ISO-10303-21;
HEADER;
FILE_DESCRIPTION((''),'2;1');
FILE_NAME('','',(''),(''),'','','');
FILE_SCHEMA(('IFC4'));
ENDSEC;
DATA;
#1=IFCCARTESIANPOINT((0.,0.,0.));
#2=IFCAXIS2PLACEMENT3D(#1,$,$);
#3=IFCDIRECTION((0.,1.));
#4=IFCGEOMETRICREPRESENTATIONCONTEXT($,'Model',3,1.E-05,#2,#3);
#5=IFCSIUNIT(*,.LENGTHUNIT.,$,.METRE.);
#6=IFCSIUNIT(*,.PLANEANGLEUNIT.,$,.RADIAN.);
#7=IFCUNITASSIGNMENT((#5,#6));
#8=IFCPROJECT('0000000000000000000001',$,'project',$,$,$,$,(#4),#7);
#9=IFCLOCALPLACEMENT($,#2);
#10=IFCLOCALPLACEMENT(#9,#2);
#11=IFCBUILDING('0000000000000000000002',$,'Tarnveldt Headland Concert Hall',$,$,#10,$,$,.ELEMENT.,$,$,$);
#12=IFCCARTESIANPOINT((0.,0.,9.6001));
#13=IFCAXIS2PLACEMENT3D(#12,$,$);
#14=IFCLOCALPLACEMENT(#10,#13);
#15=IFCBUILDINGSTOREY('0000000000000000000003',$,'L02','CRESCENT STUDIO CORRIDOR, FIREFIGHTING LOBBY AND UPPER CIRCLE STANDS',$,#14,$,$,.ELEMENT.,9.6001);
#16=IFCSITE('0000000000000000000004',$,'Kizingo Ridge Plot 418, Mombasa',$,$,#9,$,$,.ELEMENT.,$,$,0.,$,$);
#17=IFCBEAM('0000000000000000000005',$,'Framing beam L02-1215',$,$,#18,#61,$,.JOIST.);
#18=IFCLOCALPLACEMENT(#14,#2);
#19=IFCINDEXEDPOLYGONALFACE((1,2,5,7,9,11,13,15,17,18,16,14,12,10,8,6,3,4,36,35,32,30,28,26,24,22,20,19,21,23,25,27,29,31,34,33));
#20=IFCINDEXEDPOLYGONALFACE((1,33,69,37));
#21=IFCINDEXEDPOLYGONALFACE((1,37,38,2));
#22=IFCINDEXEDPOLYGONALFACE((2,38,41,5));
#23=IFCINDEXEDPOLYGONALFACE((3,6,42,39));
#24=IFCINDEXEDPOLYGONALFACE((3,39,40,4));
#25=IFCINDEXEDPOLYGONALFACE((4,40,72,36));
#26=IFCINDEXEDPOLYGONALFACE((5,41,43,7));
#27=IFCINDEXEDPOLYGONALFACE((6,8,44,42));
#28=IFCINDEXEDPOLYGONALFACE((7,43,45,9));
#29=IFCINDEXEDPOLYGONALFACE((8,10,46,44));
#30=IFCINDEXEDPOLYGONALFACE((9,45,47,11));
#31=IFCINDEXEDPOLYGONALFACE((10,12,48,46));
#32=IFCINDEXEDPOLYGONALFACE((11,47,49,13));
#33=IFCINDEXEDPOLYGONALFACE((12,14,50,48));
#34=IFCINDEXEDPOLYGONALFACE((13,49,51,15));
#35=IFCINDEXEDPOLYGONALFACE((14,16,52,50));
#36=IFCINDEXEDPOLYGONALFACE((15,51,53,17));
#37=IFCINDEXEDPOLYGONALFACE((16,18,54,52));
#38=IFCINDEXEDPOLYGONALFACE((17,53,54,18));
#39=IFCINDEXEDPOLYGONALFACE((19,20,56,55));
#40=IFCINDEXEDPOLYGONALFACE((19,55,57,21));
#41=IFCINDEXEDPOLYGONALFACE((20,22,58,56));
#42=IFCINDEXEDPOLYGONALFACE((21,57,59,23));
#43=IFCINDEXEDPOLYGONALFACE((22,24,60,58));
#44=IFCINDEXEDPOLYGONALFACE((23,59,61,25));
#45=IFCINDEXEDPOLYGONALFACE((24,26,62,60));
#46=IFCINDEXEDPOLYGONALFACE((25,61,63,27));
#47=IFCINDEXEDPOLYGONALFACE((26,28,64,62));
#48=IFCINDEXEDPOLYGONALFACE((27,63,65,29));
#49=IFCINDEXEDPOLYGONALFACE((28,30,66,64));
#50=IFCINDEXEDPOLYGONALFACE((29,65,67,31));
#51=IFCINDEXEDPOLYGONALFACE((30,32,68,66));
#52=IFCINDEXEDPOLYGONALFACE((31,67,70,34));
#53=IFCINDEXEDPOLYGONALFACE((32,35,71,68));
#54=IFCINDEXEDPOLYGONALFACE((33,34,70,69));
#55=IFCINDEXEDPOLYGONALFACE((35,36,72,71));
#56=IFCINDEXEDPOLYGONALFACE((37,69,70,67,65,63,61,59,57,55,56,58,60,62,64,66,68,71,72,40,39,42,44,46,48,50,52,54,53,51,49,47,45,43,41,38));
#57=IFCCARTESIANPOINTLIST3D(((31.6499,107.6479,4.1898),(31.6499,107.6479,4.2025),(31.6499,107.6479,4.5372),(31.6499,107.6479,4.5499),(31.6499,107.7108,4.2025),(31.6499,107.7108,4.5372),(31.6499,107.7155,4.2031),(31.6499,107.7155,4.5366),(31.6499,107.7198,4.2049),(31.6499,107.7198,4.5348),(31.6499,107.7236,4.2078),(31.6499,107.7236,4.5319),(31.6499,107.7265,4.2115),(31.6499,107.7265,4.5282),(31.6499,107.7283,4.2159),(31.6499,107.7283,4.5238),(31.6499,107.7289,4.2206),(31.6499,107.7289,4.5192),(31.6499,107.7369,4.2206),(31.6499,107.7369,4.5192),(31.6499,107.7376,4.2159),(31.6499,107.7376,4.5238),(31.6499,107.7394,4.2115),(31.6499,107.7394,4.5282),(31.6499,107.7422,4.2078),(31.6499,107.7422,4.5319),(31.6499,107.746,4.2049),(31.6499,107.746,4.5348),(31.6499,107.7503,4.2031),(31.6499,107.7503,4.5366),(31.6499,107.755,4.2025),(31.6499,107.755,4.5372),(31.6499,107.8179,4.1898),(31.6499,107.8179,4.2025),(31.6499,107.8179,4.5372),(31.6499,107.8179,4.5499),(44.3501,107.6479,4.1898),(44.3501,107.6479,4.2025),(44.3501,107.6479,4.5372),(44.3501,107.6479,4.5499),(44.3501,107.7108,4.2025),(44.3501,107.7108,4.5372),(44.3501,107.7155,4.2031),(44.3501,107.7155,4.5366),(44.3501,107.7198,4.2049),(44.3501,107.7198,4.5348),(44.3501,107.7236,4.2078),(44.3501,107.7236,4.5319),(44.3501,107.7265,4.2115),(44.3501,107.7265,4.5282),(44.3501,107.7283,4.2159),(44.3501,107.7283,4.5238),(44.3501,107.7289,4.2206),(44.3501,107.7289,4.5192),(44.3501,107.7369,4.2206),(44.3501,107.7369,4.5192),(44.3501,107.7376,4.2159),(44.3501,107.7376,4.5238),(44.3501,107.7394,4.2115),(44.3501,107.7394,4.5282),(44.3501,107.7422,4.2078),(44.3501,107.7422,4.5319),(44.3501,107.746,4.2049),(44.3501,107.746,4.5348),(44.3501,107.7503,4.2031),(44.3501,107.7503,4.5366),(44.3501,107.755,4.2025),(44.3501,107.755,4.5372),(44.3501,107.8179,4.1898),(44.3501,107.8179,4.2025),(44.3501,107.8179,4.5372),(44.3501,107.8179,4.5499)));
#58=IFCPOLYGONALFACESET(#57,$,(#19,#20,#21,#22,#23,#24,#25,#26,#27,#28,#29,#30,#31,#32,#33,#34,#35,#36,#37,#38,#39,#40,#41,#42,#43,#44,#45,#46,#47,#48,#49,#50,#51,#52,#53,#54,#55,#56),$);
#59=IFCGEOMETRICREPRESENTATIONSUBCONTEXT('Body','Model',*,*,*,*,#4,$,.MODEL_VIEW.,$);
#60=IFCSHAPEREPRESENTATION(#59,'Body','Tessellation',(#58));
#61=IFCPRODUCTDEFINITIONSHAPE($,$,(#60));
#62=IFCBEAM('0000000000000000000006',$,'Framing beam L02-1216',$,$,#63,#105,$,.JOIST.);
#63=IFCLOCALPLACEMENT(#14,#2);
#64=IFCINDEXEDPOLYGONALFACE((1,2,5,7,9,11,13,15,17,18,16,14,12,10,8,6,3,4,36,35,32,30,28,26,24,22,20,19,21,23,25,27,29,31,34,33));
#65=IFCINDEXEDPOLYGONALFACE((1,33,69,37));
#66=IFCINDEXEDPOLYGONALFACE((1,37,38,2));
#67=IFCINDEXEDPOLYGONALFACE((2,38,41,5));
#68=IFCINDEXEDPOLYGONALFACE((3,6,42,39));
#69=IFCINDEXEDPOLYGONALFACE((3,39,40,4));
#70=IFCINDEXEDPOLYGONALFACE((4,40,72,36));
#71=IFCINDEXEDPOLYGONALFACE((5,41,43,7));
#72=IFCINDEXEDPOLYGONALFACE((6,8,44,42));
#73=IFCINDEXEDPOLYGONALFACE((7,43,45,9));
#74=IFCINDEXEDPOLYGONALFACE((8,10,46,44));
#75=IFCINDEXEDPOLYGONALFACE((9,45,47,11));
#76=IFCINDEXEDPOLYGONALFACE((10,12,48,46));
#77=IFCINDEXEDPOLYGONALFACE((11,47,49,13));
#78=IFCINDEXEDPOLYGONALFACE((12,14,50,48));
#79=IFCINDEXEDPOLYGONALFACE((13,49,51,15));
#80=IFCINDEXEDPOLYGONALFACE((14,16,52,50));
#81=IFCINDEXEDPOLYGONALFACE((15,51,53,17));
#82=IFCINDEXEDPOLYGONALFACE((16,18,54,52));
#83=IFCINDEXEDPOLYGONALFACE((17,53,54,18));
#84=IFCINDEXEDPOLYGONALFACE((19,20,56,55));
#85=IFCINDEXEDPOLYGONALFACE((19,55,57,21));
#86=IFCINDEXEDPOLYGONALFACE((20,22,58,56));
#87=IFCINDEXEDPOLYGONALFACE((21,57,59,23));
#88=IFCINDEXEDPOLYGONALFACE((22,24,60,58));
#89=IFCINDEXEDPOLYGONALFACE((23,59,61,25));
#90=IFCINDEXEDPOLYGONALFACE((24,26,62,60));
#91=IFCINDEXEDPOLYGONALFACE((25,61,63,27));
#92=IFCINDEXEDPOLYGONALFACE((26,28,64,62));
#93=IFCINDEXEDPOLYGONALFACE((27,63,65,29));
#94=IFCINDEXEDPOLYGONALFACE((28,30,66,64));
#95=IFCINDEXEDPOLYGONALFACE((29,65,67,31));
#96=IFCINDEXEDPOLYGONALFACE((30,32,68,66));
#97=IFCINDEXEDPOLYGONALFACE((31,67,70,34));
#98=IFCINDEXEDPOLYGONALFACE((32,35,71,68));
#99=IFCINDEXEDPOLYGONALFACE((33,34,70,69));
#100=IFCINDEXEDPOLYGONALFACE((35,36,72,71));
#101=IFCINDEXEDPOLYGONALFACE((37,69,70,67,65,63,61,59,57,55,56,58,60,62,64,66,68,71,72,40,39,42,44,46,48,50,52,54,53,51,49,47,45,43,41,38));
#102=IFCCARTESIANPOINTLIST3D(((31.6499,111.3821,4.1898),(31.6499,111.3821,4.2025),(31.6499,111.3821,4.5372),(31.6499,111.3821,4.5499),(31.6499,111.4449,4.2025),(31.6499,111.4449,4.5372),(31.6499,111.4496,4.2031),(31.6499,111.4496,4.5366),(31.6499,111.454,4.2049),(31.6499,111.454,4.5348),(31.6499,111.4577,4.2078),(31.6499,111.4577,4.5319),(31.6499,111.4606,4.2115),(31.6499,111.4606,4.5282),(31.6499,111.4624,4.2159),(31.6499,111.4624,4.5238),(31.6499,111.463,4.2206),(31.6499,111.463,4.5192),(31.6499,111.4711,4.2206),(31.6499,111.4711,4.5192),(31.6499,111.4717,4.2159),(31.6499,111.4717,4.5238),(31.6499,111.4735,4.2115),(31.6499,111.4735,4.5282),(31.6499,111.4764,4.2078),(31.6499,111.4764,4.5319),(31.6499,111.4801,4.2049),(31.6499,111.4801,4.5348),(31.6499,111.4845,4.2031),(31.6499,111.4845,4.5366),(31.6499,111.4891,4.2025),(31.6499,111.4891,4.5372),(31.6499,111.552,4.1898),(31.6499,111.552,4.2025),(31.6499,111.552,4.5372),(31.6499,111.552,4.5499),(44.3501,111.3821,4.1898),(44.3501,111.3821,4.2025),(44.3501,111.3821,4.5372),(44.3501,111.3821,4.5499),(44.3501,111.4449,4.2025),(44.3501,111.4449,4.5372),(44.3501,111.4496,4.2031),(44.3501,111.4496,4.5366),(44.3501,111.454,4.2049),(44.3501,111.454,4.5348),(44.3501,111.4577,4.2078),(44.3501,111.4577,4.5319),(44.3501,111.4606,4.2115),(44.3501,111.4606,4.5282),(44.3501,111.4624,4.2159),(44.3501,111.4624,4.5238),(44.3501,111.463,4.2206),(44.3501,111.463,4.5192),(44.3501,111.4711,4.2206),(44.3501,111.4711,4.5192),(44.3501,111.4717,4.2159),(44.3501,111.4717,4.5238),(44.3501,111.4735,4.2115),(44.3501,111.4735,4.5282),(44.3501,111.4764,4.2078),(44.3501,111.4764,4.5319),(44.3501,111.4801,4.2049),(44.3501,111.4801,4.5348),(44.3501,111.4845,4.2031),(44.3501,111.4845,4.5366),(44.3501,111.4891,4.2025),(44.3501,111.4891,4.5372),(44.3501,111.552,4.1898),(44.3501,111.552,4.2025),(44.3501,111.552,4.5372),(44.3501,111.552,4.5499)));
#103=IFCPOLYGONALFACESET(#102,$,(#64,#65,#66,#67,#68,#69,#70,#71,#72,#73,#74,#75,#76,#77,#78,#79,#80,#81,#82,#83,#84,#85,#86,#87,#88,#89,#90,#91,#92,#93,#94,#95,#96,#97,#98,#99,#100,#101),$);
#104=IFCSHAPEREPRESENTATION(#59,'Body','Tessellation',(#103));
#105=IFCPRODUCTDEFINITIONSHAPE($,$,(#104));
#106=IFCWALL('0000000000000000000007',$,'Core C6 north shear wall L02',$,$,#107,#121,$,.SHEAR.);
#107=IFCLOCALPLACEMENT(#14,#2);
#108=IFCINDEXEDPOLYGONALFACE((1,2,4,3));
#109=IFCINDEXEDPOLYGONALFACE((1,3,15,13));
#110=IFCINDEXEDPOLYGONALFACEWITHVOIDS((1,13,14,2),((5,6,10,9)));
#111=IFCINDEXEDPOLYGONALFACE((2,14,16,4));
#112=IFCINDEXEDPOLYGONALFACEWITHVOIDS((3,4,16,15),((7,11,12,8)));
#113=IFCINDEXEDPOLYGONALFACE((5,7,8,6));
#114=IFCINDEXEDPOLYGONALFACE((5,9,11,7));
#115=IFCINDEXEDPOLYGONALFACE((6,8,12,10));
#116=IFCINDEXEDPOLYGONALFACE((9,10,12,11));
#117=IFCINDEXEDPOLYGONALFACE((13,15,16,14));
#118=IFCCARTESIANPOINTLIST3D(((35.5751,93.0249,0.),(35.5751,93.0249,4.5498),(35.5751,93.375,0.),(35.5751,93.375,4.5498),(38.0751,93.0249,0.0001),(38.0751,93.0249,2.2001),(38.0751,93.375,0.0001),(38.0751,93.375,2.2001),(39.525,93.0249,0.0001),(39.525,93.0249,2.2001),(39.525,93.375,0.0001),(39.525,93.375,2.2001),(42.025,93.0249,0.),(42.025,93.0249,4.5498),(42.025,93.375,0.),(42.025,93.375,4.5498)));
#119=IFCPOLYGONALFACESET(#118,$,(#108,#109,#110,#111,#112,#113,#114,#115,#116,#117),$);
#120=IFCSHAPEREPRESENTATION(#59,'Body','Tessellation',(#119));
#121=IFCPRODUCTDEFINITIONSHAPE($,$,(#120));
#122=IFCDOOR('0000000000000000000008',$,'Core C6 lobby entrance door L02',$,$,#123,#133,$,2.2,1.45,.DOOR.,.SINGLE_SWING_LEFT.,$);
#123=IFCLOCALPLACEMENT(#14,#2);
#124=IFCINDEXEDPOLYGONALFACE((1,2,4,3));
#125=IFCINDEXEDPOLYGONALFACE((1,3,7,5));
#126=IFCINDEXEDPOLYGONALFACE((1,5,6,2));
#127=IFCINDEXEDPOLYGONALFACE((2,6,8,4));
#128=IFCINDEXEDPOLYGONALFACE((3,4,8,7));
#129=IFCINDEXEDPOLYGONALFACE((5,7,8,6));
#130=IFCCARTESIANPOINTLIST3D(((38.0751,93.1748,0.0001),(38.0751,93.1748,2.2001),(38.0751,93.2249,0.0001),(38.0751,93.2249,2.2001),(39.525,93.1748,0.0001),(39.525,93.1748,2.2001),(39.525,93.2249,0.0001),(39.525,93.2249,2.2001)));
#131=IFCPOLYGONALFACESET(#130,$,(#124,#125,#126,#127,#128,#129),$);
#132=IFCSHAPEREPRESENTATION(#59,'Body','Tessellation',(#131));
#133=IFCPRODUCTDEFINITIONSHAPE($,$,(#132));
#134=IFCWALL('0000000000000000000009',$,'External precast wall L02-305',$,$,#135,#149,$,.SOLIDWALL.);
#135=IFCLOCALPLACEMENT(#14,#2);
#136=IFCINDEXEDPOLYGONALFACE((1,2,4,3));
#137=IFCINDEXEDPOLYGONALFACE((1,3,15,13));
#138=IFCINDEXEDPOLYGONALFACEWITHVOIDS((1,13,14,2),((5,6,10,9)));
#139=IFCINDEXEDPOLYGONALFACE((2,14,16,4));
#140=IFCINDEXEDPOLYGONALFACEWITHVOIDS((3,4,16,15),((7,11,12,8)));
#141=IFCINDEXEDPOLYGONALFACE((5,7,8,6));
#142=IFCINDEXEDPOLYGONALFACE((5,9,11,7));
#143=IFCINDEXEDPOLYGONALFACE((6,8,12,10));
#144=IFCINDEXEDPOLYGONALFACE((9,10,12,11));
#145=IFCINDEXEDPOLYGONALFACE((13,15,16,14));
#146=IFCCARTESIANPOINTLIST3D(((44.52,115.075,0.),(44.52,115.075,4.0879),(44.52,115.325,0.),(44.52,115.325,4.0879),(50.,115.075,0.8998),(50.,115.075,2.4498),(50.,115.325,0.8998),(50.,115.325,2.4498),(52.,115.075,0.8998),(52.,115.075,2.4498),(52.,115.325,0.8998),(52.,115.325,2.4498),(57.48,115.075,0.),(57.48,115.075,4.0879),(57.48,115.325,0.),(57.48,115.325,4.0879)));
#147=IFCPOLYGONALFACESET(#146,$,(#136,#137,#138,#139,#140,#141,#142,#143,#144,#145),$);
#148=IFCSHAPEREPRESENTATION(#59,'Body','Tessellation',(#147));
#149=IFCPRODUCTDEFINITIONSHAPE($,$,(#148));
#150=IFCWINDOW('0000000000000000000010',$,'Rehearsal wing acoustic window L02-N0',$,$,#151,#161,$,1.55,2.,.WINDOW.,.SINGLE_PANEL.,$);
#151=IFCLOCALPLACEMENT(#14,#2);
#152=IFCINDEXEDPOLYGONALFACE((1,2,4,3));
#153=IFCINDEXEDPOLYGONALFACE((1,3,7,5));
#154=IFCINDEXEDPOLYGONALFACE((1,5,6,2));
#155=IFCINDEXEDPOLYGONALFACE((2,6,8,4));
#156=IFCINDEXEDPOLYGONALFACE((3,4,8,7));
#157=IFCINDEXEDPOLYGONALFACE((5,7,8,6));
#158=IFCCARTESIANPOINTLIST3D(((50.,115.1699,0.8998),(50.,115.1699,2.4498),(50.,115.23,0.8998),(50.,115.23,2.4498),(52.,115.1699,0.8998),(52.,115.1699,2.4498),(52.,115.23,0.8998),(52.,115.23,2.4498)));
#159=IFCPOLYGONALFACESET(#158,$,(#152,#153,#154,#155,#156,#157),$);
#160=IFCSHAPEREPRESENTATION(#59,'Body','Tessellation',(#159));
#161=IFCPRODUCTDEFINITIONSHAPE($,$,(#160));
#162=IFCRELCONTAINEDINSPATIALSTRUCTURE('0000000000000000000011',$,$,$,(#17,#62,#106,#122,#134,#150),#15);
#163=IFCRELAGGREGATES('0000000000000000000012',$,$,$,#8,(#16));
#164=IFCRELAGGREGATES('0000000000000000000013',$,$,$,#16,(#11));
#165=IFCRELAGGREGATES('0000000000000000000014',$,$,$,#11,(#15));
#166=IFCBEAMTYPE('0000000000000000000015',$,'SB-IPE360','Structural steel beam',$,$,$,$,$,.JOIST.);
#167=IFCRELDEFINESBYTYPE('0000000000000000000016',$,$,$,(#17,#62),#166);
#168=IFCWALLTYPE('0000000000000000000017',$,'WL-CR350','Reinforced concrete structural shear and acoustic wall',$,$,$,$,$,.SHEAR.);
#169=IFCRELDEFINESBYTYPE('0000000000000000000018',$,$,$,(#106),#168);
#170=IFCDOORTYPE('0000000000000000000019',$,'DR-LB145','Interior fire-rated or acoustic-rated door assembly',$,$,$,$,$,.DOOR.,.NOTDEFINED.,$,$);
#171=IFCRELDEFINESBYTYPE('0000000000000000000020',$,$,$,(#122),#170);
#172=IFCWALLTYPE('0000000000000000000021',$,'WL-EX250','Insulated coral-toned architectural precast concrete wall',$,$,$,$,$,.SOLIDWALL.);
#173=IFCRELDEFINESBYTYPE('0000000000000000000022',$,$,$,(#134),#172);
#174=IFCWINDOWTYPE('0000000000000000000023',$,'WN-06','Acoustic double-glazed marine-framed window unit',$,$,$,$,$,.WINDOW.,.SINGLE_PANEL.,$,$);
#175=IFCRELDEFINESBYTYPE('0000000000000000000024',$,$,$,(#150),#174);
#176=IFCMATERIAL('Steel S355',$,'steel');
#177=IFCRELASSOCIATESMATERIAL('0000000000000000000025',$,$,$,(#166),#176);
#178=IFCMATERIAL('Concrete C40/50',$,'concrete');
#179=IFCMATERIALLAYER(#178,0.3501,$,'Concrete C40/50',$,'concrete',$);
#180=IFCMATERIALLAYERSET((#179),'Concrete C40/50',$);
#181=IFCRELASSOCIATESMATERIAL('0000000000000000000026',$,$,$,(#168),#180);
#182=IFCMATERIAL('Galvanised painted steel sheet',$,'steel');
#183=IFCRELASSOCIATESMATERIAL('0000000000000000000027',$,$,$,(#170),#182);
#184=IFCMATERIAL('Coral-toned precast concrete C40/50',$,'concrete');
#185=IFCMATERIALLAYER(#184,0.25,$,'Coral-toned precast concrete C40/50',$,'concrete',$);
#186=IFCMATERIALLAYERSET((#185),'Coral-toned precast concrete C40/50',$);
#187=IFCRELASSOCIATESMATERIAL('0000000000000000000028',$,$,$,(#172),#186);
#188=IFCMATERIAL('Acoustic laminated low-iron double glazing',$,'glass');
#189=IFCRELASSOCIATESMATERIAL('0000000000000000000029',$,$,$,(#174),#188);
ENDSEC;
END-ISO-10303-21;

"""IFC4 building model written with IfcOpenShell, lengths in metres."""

from ifc_helpers import new_model, si_unit, direction, frame, frame_2d, origin, origin_2d, place, context, subcontext, project, spatial, rectangle, i_section, extrude, material, layer, layer_set, material_profile, profile_set, type_object, element, fill, save


model = new_model("IFC4")

# Units and contexts
model_context = context("Model", 3, precision=1e-05, world=origin(), true_north=direction((0.0, 1.0)))
body_context = subcontext(model_context, "Body", "Model", "MODEL_VIEW")
ifc_project = project(units=[si_unit("LENGTHUNIT", "METRE"), si_unit("PLANEANGLEUNIT", "RADIAN")], contexts=[model_context])

# Site, building, storey
site_placement = place(None, origin())
site = spatial("IfcSite", under=ifc_project, at=site_placement, Name="Kizingo Ridge Plot 418, Mombasa", CompositionType="ELEMENT", RefElevation=0.0)
building_placement = place(site_placement, origin())
building = spatial("IfcBuilding", under=site, at=building_placement, Name="Tarnveldt Headland Concert Hall", CompositionType="ELEMENT")
storey_placement = place(building_placement, frame((0.0, 0.0, 9.6001)))
storey = spatial("IfcBuildingStorey", under=building, at=storey_placement, Name="L02", Description="CRESCENT STUDIO CORRIDOR, FIREFIGHTING LOBBY AND UPPER CIRCLE STANDS", CompositionType="ELEMENT", Elevation=9.6001)

# Shared definitions
ifc_material_1 = material(Name="Steel S355", Category="steel")

# Beams
ifc_material_profile_1 = material_profile(ifc_material_1, i_section(OverallWidth=0.1699, OverallDepth=0.3601, WebThickness=0.0081, FlangeThickness=0.0127, FilletRadius=0.0181, at=origin_2d()), Name="IPE360", Category="steel")
ifc_profile_set_1 = profile_set([ifc_material_profile_1], Name="Steel S355")
beam_type_1 = type_object("IfcBeamType", Name="SB-IPE360", Description="Structural steel beam", PredefinedType="JOIST", material=ifc_profile_set_1)
for number, where, z_axis, x_axis, name in (
    (1, (31.6499, 107.7329, 4.3699), (1.0, 0.0, 0.0), (0.0, 1.0, 0.0), "Framing beam L02-1215"),
    (2, (31.6499, 111.467, 4.3699), (1.0, 0.0, 0.0), (0.0, 1.0, 0.0), "Framing beam L02-1216"),
):
    element("IfcBeam", number, at=place(storey_placement, frame(where, z_axis=z_axis, x_axis=x_axis)), inside=storey, type_object=beam_type_1, Name=name, PredefinedType="JOIST", context=body_context, shape_type="SweptSolid", body=[
        extrude(i_section(OverallWidth=0.1699, OverallDepth=0.3601, WebThickness=0.0081, FlangeThickness=0.0127, FilletRadius=0.0181, at=origin_2d()), origin(), (0.0, 0.0, 1.0), 12.7002),
    ])

# Wall, opening, door
ifc_material_2 = material(Name="Concrete C40/50", Category="concrete")
ifc_layer_1 = layer(ifc_material_2, 0.3501, Name="Concrete C40/50", Category="concrete")
ifc_layer_set_1 = layer_set([ifc_layer_1], Name="Concrete C40/50")
wall_type_1 = type_object("IfcWallType", Name="WL-CR350", Description="Reinforced concrete structural shear and acoustic wall", PredefinedType="SHEAR", material=ifc_layer_set_1)
wall_1_placement = place(storey_placement, frame((35.575, 93.2, 0.0), z_axis=(0.0, 0.0, 1.0), x_axis=(1.0, 0.0, 0.0)))
wall_1 = element("IfcWall", 3, at=wall_1_placement, inside=storey, type_object=wall_type_1, Name="Core C6 north shear wall L02", PredefinedType="SHEAR", context=body_context, shape_type="SweptSolid", body=[
    extrude(rectangle(XDim=6.45, YDim=0.3501, at=frame_2d((3.2251, 0.0))), origin(), (0.0, 0.0, 1.0), 4.5498),
])
opening_1_placement = place(wall_1_placement, frame((2.5, 0.0, 0.0)))
opening_1 = element("IfcOpeningElement", 4, at=opening_1_placement, cuts=wall_1, PredefinedType="OPENING", context=body_context, shape_type="SweptSolid", body=[
    extrude(rectangle(XDim=1.45, YDim=2.2, at=frame_2d((0.7251, 1.1001))), frame((0.0, 0.1851, 0.0), z_axis=(0.0, -1.0, 0.0), x_axis=(1.0, 0.0, 0.0)), (0.0, 0.0, 1.0), 0.3701),
])
ifc_material_3 = material(Name="Galvanised painted steel sheet", Category="steel")
door_type_1 = type_object("IfcDoorType", Name="DR-LB145", Description="Interior fire-rated or acoustic-rated door assembly", OperationType="NOTDEFINED", PredefinedType="DOOR", material=ifc_material_3)
door_1_placement = place(opening_1_placement, origin())
door_1 = element("IfcDoor", 5, at=door_1_placement, inside=storey, type_object=door_type_1, Name="Core C6 lobby entrance door L02", OperationType="SINGLE_SWING_LEFT", OverallHeight=2.2, OverallWidth=1.45, PredefinedType="DOOR", context=body_context, shape_type="SweptSolid", body=[
    extrude(rectangle(XDim=1.45, YDim=2.2, at=frame_2d((0.7251, 1.1001))), frame((0.0, 0.0249, 0.0), z_axis=(0.0, -1.0, 0.0), x_axis=(1.0, 0.0, 0.0)), (0.0, 0.0, 1.0), 0.05),
])
fill(opening_1, door_1)

# Wall, opening, window
ifc_material_4 = material(Name="Coral-toned precast concrete C40/50", Category="concrete")
ifc_layer_2 = layer(ifc_material_4, 0.25, Name="Coral-toned precast concrete C40/50", Category="concrete")
ifc_layer_set_2 = layer_set([ifc_layer_2], Name="Coral-toned precast concrete C40/50")
wall_type_2 = type_object("IfcWallType", Name="WL-EX250", Description="Insulated coral-toned architectural precast concrete wall", PredefinedType="SOLIDWALL", material=ifc_layer_set_2)
wall_2_placement = place(storey_placement, frame((44.52, 115.2, 0.0), z_axis=(0.0, 0.0, 1.0), x_axis=(1.0, 0.0, 0.0)))
wall_2 = element("IfcWall", 6, at=wall_2_placement, inside=storey, type_object=wall_type_2, Name="External precast wall L02-305", PredefinedType="SOLIDWALL", context=body_context, shape_type="SweptSolid", body=[
    extrude(rectangle(XDim=12.96, YDim=0.25, at=frame_2d((6.48, 0.0))), origin(), (0.0, 0.0, 1.0), 4.0879),
])
opening_2_placement = place(wall_2_placement, frame((5.48, 0.0, 0.8999)))
opening_2 = element("IfcOpeningElement", 7, at=opening_2_placement, cuts=wall_2, PredefinedType="OPENING", context=body_context, shape_type="SweptSolid", body=[
    extrude(rectangle(XDim=2.0, YDim=1.55, at=frame_2d((1.0, 0.7749))), frame((0.0, 0.135, 0.0), z_axis=(0.0, -1.0, 0.0), x_axis=(1.0, 0.0, 0.0)), (0.0, 0.0, 1.0), 0.27),
])
ifc_material_5 = material(Name="Acoustic laminated low-iron double glazing", Category="glass")
window_type = type_object("IfcWindowType", Name="WN-06", Description="Acoustic double-glazed marine-framed window unit", PartitioningType="SINGLE_PANEL", PredefinedType="WINDOW", material=ifc_material_5)
window_placement = place(opening_2_placement, origin())
window = element("IfcWindow", 8, at=window_placement, inside=storey, type_object=window_type, Name="Rehearsal wing acoustic window L02-N0", OverallHeight=1.55, OverallWidth=2.0, PartitioningType="SINGLE_PANEL", PredefinedType="WINDOW", context=body_context, shape_type="SweptSolid", body=[
    extrude(rectangle(XDim=2.0, YDim=1.55, at=frame_2d((1.0, 0.7749))), frame((0.0, 0.03, 0.0), z_axis=(0.0, -1.0, 0.0), x_axis=(1.0, 0.0, 0.0)), (0.0, 0.0, 1.0), 0.0601),
])
fill(opening_2, window)

save(model, "model.ifc")
